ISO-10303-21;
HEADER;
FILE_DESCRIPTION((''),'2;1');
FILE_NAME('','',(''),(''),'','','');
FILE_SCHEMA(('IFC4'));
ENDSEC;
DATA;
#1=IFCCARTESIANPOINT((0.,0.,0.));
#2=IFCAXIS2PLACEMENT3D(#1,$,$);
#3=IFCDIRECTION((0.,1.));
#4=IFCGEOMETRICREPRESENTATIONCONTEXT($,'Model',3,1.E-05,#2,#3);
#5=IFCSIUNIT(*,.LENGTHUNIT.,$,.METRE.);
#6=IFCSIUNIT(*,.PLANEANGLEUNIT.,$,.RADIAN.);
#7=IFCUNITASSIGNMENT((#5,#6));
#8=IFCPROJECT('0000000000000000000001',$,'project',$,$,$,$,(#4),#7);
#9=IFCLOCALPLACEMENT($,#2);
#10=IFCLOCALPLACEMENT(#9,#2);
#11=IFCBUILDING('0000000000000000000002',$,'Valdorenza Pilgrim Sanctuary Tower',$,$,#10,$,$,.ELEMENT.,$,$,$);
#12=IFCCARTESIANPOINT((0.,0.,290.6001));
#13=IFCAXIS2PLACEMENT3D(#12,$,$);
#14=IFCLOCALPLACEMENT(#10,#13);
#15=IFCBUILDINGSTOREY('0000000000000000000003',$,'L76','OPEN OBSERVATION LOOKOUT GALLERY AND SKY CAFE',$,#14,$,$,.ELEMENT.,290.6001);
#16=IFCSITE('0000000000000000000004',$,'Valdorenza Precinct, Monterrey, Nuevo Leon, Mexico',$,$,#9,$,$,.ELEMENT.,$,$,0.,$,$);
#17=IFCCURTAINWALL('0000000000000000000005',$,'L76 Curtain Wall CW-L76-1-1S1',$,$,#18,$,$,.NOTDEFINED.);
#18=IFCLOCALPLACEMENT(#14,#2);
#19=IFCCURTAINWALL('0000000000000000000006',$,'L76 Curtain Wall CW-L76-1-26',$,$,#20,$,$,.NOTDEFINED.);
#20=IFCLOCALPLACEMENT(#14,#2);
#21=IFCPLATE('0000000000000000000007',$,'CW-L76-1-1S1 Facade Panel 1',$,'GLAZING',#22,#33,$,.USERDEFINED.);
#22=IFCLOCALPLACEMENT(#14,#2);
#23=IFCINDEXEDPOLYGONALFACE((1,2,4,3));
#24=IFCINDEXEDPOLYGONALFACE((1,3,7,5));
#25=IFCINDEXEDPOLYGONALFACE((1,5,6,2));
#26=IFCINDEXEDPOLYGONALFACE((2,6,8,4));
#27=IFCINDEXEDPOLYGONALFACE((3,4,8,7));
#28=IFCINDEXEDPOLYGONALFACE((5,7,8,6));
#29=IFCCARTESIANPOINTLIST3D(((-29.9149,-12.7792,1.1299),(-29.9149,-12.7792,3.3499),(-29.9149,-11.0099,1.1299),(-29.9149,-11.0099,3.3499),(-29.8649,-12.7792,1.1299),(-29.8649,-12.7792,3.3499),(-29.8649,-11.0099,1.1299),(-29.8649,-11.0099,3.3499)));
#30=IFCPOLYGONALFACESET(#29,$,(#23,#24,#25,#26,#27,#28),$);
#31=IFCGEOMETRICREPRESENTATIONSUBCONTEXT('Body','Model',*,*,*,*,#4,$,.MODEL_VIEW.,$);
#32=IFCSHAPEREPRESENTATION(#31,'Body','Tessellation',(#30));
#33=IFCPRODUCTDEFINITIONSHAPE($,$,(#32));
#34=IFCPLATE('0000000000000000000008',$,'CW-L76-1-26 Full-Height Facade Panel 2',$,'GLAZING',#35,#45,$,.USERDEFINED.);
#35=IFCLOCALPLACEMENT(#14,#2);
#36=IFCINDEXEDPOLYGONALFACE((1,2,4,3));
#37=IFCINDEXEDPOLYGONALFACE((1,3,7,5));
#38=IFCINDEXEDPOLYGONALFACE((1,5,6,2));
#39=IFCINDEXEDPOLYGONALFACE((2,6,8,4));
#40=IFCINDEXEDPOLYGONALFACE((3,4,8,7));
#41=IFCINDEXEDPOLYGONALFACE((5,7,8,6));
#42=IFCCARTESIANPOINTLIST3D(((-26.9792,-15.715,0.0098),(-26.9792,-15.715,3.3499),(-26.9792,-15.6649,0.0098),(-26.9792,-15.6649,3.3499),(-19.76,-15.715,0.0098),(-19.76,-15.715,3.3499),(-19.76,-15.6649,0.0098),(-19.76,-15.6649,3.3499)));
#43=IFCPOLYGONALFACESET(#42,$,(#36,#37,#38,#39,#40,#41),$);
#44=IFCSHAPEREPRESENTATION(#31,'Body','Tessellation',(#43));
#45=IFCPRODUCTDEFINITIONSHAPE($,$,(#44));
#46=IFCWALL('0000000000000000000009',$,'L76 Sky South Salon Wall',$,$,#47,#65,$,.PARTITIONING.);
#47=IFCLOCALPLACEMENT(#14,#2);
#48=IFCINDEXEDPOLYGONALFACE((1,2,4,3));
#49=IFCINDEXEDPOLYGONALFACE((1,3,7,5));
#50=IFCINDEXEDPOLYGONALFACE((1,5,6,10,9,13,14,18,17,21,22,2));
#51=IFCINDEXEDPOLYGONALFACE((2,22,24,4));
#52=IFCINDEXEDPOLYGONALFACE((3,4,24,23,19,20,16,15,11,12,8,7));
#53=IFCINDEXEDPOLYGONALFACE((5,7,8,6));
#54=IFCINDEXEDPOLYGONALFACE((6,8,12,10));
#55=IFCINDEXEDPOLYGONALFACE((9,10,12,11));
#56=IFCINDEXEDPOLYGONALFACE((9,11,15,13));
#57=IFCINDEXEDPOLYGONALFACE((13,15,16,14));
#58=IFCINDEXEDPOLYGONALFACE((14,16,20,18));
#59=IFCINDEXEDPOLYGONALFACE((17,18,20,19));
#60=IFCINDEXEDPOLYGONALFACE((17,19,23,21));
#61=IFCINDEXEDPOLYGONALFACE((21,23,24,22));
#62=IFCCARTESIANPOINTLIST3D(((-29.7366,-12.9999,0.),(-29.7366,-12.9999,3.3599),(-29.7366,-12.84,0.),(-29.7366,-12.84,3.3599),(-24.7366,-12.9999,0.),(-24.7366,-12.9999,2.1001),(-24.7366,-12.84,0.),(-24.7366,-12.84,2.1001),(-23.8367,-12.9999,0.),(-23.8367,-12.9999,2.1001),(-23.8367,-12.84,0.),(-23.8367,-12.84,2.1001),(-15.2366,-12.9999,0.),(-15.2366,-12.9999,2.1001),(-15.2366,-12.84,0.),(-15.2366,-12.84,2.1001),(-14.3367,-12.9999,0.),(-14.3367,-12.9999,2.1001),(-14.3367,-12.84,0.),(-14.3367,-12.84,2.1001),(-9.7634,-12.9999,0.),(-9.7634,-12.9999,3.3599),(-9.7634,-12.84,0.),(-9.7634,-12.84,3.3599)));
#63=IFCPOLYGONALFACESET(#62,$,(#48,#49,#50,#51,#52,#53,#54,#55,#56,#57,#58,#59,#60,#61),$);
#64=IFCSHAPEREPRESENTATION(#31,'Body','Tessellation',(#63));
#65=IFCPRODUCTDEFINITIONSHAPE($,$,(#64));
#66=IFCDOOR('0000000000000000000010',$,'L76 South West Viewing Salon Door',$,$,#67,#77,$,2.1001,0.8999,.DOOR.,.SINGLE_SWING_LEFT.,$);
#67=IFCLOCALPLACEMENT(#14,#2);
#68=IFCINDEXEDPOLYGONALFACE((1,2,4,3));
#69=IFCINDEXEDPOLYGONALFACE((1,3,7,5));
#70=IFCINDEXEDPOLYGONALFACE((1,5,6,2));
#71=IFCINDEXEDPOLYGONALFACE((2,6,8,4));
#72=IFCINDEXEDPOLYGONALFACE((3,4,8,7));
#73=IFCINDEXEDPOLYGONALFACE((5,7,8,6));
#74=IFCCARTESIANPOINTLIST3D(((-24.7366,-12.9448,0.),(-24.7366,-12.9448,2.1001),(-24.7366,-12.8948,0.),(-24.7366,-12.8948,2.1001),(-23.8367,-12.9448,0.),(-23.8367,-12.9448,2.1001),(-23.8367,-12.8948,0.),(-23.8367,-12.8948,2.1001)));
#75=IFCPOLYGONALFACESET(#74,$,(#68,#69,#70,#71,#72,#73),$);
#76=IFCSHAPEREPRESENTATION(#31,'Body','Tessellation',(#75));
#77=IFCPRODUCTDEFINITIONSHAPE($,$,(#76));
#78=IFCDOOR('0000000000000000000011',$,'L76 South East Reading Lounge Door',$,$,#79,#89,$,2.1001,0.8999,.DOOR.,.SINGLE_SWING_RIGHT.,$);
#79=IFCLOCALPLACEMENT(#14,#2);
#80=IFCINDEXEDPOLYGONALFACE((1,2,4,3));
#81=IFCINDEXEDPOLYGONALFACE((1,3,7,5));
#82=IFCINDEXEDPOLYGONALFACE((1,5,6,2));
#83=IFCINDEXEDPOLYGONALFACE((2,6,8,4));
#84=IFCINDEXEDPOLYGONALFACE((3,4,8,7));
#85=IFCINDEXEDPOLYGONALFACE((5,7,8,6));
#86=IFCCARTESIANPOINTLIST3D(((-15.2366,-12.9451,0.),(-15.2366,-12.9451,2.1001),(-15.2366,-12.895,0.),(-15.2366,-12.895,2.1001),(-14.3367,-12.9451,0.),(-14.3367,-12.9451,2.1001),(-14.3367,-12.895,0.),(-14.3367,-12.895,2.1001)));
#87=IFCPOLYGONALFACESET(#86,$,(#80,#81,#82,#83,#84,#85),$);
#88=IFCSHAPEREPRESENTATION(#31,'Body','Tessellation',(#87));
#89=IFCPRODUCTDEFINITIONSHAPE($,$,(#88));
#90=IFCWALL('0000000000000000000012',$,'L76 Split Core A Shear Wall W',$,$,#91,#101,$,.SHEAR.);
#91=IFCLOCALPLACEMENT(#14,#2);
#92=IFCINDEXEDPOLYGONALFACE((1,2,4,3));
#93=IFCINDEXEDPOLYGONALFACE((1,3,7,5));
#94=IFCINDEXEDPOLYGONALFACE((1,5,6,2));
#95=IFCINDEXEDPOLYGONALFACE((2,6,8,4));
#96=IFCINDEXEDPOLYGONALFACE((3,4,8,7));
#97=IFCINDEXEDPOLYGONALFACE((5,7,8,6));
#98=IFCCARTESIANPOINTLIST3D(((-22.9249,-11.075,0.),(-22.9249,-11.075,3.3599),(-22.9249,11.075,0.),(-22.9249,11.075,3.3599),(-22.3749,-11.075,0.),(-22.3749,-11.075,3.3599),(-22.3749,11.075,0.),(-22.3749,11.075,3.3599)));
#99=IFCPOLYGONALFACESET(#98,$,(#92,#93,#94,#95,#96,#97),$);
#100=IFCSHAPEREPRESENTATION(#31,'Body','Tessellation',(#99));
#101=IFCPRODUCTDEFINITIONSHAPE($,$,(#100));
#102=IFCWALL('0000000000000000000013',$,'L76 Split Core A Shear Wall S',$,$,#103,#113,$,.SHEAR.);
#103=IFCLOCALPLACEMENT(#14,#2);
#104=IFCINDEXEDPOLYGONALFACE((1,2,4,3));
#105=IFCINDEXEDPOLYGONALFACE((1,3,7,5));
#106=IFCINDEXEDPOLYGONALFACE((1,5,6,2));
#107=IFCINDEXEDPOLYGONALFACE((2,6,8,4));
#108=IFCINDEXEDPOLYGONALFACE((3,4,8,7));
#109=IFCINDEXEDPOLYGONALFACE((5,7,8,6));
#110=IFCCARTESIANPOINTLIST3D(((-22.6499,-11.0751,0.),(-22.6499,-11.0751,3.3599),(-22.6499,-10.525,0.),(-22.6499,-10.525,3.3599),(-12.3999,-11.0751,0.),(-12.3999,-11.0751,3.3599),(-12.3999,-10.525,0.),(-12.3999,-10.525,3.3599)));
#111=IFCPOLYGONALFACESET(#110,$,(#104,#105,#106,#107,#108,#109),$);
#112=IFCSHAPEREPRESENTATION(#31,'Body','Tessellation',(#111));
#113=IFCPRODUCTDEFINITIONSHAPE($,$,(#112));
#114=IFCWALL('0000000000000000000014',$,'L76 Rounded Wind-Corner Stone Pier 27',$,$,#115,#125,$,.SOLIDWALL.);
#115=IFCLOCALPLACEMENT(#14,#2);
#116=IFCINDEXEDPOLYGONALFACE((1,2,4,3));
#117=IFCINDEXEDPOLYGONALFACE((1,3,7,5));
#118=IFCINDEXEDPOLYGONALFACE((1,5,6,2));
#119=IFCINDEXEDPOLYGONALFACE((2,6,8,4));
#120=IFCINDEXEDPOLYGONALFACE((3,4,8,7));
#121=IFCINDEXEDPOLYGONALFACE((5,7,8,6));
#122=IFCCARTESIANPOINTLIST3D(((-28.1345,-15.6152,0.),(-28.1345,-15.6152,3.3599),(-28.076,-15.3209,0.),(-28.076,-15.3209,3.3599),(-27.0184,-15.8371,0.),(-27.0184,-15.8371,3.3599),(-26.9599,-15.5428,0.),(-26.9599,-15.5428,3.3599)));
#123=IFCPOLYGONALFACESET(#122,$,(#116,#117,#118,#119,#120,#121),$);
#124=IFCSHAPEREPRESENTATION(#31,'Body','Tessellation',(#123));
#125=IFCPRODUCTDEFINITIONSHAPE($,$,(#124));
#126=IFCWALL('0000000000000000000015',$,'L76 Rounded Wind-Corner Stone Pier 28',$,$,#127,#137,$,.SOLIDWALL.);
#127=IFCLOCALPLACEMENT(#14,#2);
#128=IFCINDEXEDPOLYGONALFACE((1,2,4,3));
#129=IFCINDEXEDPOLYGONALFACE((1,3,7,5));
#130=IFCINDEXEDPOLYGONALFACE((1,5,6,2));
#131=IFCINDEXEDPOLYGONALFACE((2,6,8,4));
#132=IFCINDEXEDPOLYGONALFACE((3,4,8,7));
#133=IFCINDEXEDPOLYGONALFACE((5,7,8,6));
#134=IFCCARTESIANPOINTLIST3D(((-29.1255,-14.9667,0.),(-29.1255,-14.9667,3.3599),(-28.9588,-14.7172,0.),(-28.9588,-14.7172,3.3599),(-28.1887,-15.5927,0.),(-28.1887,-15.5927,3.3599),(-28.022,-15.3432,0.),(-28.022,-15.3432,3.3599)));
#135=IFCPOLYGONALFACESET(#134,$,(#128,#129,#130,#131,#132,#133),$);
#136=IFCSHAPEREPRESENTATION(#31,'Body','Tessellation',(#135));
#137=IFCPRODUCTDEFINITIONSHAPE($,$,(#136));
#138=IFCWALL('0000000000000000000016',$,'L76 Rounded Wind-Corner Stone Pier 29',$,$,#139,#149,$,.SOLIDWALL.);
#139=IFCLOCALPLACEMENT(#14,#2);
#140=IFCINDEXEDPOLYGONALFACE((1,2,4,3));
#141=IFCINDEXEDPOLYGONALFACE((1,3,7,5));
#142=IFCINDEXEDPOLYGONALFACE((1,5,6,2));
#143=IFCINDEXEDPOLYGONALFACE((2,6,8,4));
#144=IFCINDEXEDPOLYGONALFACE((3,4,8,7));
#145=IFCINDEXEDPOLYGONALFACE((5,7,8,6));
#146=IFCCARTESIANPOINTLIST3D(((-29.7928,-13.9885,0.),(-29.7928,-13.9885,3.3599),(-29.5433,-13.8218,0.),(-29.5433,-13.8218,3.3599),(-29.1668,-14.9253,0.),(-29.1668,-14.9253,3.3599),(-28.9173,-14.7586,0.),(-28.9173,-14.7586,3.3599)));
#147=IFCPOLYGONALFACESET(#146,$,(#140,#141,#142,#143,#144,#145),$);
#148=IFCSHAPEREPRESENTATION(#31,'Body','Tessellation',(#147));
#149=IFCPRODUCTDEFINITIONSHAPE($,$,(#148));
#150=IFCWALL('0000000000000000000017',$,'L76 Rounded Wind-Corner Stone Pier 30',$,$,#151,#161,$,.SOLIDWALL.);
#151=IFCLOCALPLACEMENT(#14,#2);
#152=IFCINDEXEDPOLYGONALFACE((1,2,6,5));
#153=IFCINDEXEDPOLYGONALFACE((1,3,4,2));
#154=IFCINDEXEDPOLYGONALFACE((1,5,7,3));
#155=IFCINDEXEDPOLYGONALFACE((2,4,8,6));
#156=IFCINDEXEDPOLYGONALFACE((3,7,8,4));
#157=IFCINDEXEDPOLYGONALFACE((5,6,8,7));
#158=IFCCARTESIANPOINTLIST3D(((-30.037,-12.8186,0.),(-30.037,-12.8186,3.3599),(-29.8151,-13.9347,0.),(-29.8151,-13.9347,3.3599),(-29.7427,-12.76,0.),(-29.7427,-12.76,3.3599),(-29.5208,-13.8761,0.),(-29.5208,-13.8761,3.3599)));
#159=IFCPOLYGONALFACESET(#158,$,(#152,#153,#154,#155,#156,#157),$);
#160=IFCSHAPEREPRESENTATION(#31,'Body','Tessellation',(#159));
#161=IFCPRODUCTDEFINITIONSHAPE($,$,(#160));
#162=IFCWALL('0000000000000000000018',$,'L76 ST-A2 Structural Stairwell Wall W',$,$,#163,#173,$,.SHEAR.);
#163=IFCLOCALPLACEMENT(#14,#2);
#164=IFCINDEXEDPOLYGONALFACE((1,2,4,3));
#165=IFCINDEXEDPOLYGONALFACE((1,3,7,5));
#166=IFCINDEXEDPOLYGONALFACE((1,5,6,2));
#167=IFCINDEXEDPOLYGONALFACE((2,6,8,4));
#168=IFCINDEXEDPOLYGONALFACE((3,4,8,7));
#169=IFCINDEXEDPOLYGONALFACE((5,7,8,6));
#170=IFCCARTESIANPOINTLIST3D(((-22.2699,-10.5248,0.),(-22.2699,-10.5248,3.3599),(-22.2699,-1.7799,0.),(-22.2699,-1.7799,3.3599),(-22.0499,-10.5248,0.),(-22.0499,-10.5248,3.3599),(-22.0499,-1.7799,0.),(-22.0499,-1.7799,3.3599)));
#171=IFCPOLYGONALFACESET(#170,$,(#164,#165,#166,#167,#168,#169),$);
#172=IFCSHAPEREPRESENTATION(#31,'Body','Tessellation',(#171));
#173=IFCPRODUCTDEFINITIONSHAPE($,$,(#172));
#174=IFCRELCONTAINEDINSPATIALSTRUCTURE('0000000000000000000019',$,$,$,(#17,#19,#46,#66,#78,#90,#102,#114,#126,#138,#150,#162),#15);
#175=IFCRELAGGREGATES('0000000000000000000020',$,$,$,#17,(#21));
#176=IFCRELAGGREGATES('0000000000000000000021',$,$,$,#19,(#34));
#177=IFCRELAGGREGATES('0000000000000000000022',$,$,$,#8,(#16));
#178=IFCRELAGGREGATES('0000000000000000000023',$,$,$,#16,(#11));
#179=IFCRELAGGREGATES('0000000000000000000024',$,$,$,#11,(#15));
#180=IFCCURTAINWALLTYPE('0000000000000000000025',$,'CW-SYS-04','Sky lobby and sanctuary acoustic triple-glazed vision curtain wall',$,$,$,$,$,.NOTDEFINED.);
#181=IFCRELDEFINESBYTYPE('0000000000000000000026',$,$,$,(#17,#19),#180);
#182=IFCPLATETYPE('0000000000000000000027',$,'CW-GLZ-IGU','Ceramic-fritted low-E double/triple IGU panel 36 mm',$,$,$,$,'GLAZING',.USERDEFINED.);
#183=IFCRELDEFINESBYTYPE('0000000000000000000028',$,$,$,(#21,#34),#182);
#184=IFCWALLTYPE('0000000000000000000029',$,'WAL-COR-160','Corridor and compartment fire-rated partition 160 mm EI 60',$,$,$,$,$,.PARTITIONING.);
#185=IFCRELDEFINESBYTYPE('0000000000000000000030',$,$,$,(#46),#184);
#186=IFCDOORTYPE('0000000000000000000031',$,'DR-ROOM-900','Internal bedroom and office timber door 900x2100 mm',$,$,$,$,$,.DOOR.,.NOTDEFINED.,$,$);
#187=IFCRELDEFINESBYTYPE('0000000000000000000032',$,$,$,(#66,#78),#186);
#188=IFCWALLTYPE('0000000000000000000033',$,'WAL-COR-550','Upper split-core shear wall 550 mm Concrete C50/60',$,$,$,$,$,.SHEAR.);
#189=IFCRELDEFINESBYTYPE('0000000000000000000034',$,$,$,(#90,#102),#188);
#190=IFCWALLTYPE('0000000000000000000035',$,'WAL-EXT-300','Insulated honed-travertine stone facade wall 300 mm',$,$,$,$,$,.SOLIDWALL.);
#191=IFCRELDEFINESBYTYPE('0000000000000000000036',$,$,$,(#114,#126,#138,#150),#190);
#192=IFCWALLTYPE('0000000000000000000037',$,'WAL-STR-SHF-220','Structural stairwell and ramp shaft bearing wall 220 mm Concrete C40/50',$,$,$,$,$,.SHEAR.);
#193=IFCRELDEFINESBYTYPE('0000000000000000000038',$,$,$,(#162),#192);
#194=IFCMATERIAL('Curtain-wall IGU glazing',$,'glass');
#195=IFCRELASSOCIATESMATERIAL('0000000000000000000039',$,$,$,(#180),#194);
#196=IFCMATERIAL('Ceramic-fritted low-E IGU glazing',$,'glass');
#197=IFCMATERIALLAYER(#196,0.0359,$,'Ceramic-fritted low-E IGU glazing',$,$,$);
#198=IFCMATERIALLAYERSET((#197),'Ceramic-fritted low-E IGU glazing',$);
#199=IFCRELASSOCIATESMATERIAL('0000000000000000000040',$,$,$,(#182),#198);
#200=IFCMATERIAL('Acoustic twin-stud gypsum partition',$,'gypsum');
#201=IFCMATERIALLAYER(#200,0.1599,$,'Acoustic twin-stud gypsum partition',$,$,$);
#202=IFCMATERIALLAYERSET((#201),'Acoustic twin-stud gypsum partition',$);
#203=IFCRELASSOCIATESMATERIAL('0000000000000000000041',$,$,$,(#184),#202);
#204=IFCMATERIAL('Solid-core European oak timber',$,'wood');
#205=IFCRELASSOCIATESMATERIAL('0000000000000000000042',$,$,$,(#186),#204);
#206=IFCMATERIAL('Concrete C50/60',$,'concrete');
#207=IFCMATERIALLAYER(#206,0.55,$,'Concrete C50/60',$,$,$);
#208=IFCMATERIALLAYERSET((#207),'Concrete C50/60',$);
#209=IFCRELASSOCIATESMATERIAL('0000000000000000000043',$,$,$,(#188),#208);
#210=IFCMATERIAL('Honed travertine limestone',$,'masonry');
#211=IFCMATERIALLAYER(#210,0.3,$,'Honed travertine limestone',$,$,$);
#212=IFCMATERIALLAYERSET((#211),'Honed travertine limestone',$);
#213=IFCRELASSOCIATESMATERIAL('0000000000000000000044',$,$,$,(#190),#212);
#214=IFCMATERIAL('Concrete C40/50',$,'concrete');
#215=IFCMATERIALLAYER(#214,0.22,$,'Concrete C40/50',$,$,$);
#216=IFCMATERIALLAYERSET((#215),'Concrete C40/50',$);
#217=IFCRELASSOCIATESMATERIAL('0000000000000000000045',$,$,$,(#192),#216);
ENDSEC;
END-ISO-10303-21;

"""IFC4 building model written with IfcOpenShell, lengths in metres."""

from ifc_helpers import new_model, si_unit, direction, frame, frame_2d, origin, origin_2d, place, context, subcontext, project, spatial, rectangle, extrude, source, transform, mapped, material, layer, layer_set, type_object, element, fill, aggregate, save


model = new_model("IFC4")

# Units and contexts
model_context = context("Model", 3, precision=1e-05, world=origin(), true_north=direction((0.0, 1.0)))
body_context = subcontext(model_context, "Body", "Model", "MODEL_VIEW")
ifc_project = project(units=[si_unit("LENGTHUNIT", "METRE"), si_unit("PLANEANGLEUNIT", "RADIAN")], contexts=[model_context])

# Site, building, storey
site_placement = place(None, origin())
site = spatial("IfcSite", under=ifc_project, at=site_placement, Name="Valdorenza Precinct, Monterrey, Nuevo Leon, Mexico", CompositionType="ELEMENT", RefElevation=0.0)
building_placement = place(site_placement, origin())
building = spatial("IfcBuilding", under=site, at=building_placement, Name="Valdorenza Pilgrim Sanctuary Tower", CompositionType="ELEMENT")
storey_placement = place(building_placement, frame((0.0, 0.0, 290.6001)))
storey = spatial("IfcBuildingStorey", under=building, at=storey_placement, Name="L76", Description="OPEN OBSERVATION LOOKOUT GALLERY AND SKY CAFE", CompositionType="ELEMENT", Elevation=290.6001)

# Shared definitions
ifc_material_1 = material(Name="Concrete C50/60", Category="concrete")

# Curtain wall
ifc_material_2 = material(Name="Curtain-wall IGU glazing", Category="glass")
curtain_wall_type = type_object("IfcCurtainWallType", Name="CW-SYS-04", Description="Sky lobby and sanctuary acoustic triple-glazed vision curtain wall", PredefinedType="NOTDEFINED", material=ifc_material_2)
curtain_wall_1_placement = place(storey_placement, origin())
curtain_wall_1 = element("IfcCurtainWall", 1, at=curtain_wall_1_placement, inside=storey, type_object=curtain_wall_type, Name="L76 Curtain Wall CW-L76-1-1S1", PredefinedType="NOTDEFINED")

# Curtain wall
curtain_wall_2_placement = place(storey_placement, origin())
curtain_wall_2 = element("IfcCurtainWall", 2, at=curtain_wall_2_placement, inside=storey, type_object=curtain_wall_type, Name="L76 Curtain Wall CW-L76-1-26", PredefinedType="NOTDEFINED")

# Plates
ifc_material_3 = material(Name="Honed travertine limestone", Category="masonry")
ifc_material_4 = material(Name="Ceramic-fritted low-E IGU glazing", Category="glass")
ifc_layer_1 = layer(ifc_material_4, 0.0359, Name="Ceramic-fritted low-E IGU glazing")
ifc_layer_set_1 = layer_set([ifc_layer_1], Name="Ceramic-fritted low-E IGU glazing")
plate_type_1 = type_object("IfcPlateType", Name="CW-GLZ-IGU", Description="Ceramic-fritted low-E double/triple IGU panel 36 mm", ElementType="GLAZING", PredefinedType="USERDEFINED", material=ifc_layer_set_1)
shared_shape_1 = source(origin(), body_context, "Body", "SweptSolid", [
    extrude(rectangle(XDim=1.7693, YDim=0.05, at=origin_2d()), origin(), (0.0, 0.0, 1.0), 2.22),
])
plate_1_placement = place(storey_placement, frame((-29.8899, -11.8945, 1.1299), z_axis=(0.0, 0.0, 1.0), x_axis=(0.0, 1.0, 0.0)))
plate_1 = element("IfcPlate", 3, at=plate_1_placement, type_object=plate_type_1, Name="CW-L76-1-1S1 Facade Panel 1", ObjectType="GLAZING", PredefinedType="USERDEFINED", context=body_context, shape_type="MappedRepresentation", body=[
    mapped(shared_shape_1, transform((0.0, 0.0, 0.0), x_axis=(1.0, 0.0, 0.0), y_axis=(0.0, 1.0, 0.0), z_axis=(0.0, 0.0, 1.0), scale=1.0)),
])
aggregate(curtain_wall_1, [plate_1])
shared_shape_2 = source(origin(), body_context, "Body", "SweptSolid", [
    extrude(rectangle(XDim=7.2192, YDim=0.05, at=origin_2d()), origin(), (0.0, 0.0, 1.0), 3.3401),
])
plate_2_placement = place(storey_placement, frame((-23.3696, -15.6899, 0.0098), z_axis=(0.0, 0.0, 1.0), x_axis=(-1.0, 0.0, 0.0)))
plate_2 = element("IfcPlate", 4, at=plate_2_placement, type_object=plate_type_1, Name="CW-L76-1-26 Full-Height Facade Panel 2", ObjectType="GLAZING", PredefinedType="USERDEFINED", context=body_context, shape_type="MappedRepresentation", body=[
    mapped(shared_shape_2, transform((0.0, 0.0, 0.0), x_axis=(1.0, 0.0, 0.0), y_axis=(0.0, 1.0, 0.0), z_axis=(0.0, 0.0, 1.0), scale=1.0)),
])
aggregate(curtain_wall_2, [plate_2])

# Wall, openings, doors
ifc_material_5 = material(Name="Acoustic twin-stud gypsum partition", Category="gypsum")
ifc_layer_2 = layer(ifc_material_5, 0.1599, Name="Acoustic twin-stud gypsum partition")
ifc_layer_set_2 = layer_set([ifc_layer_2], Name="Acoustic twin-stud gypsum partition")
wall_type_1 = type_object("IfcWallType", Name="WAL-COR-160", Description="Corridor and compartment fire-rated partition 160 mm EI 60", PredefinedType="PARTITIONING", material=ifc_layer_set_2)
ifc_material_6 = material(Name="Solid-core European oak timber", Category="wood")
door_type_1 = type_object("IfcDoorType", Name="DR-ROOM-900", Description="Internal bedroom and office timber door 900x2100 mm", OperationType="NOTDEFINED", PredefinedType="DOOR", material=ifc_material_6)
wall_1_placement = place(storey_placement, frame((-29.7366, -12.9199, 0.0), z_axis=(0.0, 0.0, 1.0), x_axis=(1.0, 0.0, 0.0)))
wall_1 = element("IfcWall", 5, at=wall_1_placement, inside=storey, type_object=wall_type_1, Name="L76 Sky South Salon Wall", PredefinedType="PARTITIONING", context=body_context, shape_type="SweptSolid", body=[
    extrude(rectangle(XDim=19.9731, YDim=0.1599, at=frame_2d((9.9866, 0.0))), origin(), (0.0, 0.0, 1.0), 3.3599),
])
opening_1_placement = place(wall_1_placement, frame((5.0, 0.0, 0.0)))
opening_1 = element("IfcOpeningElement", 6, at=opening_1_placement, cuts=wall_1, PredefinedType="OPENING", context=body_context, shape_type="SweptSolid", body=[
    extrude(rectangle(XDim=0.8999, YDim=2.1001, at=frame_2d((0.45, 1.05))), frame((0.0, 0.0947, 0.0), z_axis=(0.0, -1.0, 0.0), x_axis=(1.0, 0.0, 0.0)), (0.0, 0.0, 1.0), 0.1897),
])
opening_2_placement = place(wall_1_placement, frame((14.5, 0.0, 0.0)))
opening_2 = element("IfcOpeningElement", 7, at=opening_2_placement, cuts=wall_1, PredefinedType="OPENING", context=body_context, shape_type="SweptSolid", body=[
    extrude(rectangle(XDim=0.8999, YDim=2.1001, at=frame_2d((0.45, 1.05))), frame((0.0, 0.0947, 0.0), z_axis=(0.0, -1.0, 0.0), x_axis=(1.0, 0.0, 0.0)), (0.0, 0.0, 1.0), 0.1897),
])
door_1_placement = place(opening_1_placement, frame((0.8999, 0.0, 0.0), z_axis=(0.0, 0.0, 1.0), x_axis=(-1.0, 0.0, 0.0)))
door_1 = element("IfcDoor", 8, at=door_1_placement, inside=storey, type_object=door_type_1, Name="L76 South West Viewing Salon Door", OperationType="SINGLE_SWING_LEFT", OverallHeight=2.1001, OverallWidth=0.8999, PredefinedType="DOOR", context=body_context, shape_type="SweptSolid", body=[
    extrude(rectangle(XDim=0.8999, YDim=2.1001, at=frame_2d((0.45, 1.05))), frame((0.0, 0.0249, 0.0), z_axis=(0.0, -1.0, 0.0), x_axis=(1.0, 0.0, 0.0)), (0.0, 0.0, 1.0), 0.05),
])
fill(opening_1, door_1)
door_2_placement = place(opening_2_placement, origin())
door_2 = element("IfcDoor", 9, at=door_2_placement, inside=storey, type_object=door_type_1, Name="L76 South East Reading Lounge Door", OperationType="SINGLE_SWING_RIGHT", OverallHeight=2.1001, OverallWidth=0.8999, PredefinedType="DOOR", context=body_context, shape_type="SweptSolid", body=[
    extrude(rectangle(XDim=0.8999, YDim=2.1001, at=frame_2d((0.45, 1.05))), frame((0.0, 0.0249, 0.0), z_axis=(0.0, -1.0, 0.0), x_axis=(1.0, 0.0, 0.0)), (0.0, 0.0, 1.0), 0.05),
])
fill(opening_2, door_2)

# Walls
ifc_layer_3 = layer(ifc_material_1, 0.55, Name="Concrete C50/60")
ifc_layer_set_3 = layer_set([ifc_layer_3], Name="Concrete C50/60")
wall_type_2 = type_object("IfcWallType", Name="WAL-COR-550", Description="Upper split-core shear wall 550 mm Concrete C50/60", PredefinedType="SHEAR", material=ifc_layer_set_3)
wall_2_placement = place(storey_placement, frame((-22.6499, -11.075, 0.0), z_axis=(0.0, 0.0, 1.0), x_axis=(0.0, 1.0, 0.0)))
element("IfcWall", 10, at=wall_2_placement, inside=storey, type_object=wall_type_2, Name="L76 Split Core A Shear Wall W", PredefinedType="SHEAR", context=body_context, shape_type="SweptSolid", body=[
    extrude(rectangle(XDim=22.1499, YDim=0.55, at=frame_2d((11.075, 0.0))), origin(), (0.0, 0.0, 1.0), 3.3599),
])
wall_3_placement = place(storey_placement, frame((-22.6499, -10.8, 0.0), z_axis=(0.0, 0.0, 1.0), x_axis=(1.0, 0.0, 0.0)))
element("IfcWall", 11, at=wall_3_placement, inside=storey, type_object=wall_type_2, Name="L76 Split Core A Shear Wall S", PredefinedType="SHEAR", context=body_context, shape_type="SweptSolid", body=[
    extrude(rectangle(XDim=10.25, YDim=0.55, at=frame_2d((5.125, 0.0))), origin(), (0.0, 0.0, 1.0), 3.3599),
])
ifc_layer_4 = layer(ifc_material_3, 0.3, Name="Honed travertine limestone")
ifc_layer_set_4 = layer_set([ifc_layer_4], Name="Honed travertine limestone")
wall_type_3 = type_object("IfcWallType", Name="WAL-EXT-300", Description="Insulated honed-travertine stone facade wall 300 mm", PredefinedType="SOLIDWALL", material=ifc_layer_set_4)
wall_4_placement = place(storey_placement, frame((-26.9893, -15.6899, 0.0), z_axis=(0.0, 0.0, 1.0), x_axis=(-0.980795, 0.195043, 0.0)))
element("IfcWall", 12, at=wall_4_placement, inside=storey, type_object=wall_type_3, Name="L76 Rounded Wind-Corner Stone Pier 27", PredefinedType="SOLIDWALL", context=body_context, shape_type="SweptSolid", body=[
    extrude(rectangle(XDim=1.1379, YDim=0.3, at=frame_2d((0.5688, 0.0))), origin(), (0.0, 0.0, 1.0), 3.3599),
])
for number, where, z_axis, x_axis, name in (
    (13, (-28.1052, -15.468, 0.0), (0.0, 0.0, 1.0), (-0.83145, 0.5556, 0.0), "L76 Rounded Wind-Corner Stone Pier 28"),
    (14, (-29.042, -14.842, 0.0), (0.0, 0.0, 1.0), (-0.5556, 0.83145, 0.0), "L76 Rounded Wind-Corner Stone Pier 29"),
):
    element("IfcWall", number, at=place(storey_placement, frame(where, z_axis=z_axis, x_axis=x_axis)), inside=storey, type_object=wall_type_3, Name=name, PredefinedType="SOLIDWALL", context=body_context, shape_type="SweptSolid", body=[
        extrude(rectangle(XDim=1.1267, YDim=0.3, at=frame_2d((0.5635, 0.0))), origin(), (0.0, 0.0, 1.0), 3.3599),
    ])
wall_5_placement = place(storey_placement, frame((-29.668, -13.9053, 0.0), z_axis=(0.0, 0.0, 1.0), x_axis=(-0.195043, 0.980795, 0.0)))
element("IfcWall", 15, at=wall_5_placement, inside=storey, type_object=wall_type_3, Name="L76 Rounded Wind-Corner Stone Pier 30", PredefinedType="SOLIDWALL", context=body_context, shape_type="SweptSolid", body=[
    extrude(rectangle(XDim=1.1379, YDim=0.3, at=frame_2d((0.5688, 0.0))), origin(), (0.0, 0.0, 1.0), 3.3599),
])
ifc_material_7 = material(Name="Concrete C40/50", Category="concrete")
ifc_layer_5 = layer(ifc_material_7, 0.22, Name="Concrete C40/50")
ifc_layer_set_5 = layer_set([ifc_layer_5], Name="Concrete C40/50")
wall_type_4 = type_object("IfcWallType", Name="WAL-STR-SHF-220", Description="Structural stairwell and ramp shaft bearing wall 220 mm Concrete C40/50", PredefinedType="SHEAR", material=ifc_layer_set_5)
wall_6_placement = place(storey_placement, frame((-22.1599, -10.5249, 0.0), z_axis=(0.0, 0.0, 1.0), x_axis=(0.0, 1.0, 0.0)))
element("IfcWall", 16, at=wall_6_placement, inside=storey, type_object=wall_type_4, Name="L76 ST-A2 Structural Stairwell Wall W", PredefinedType="SHEAR", context=body_context, shape_type="SweptSolid", body=[
    extrude(rectangle(XDim=8.7449, YDim=0.22, at=frame_2d((4.3726, 0.0))), origin(), (0.0, 0.0, 1.0), 3.3599),
])

save(model, "model.ifc")
